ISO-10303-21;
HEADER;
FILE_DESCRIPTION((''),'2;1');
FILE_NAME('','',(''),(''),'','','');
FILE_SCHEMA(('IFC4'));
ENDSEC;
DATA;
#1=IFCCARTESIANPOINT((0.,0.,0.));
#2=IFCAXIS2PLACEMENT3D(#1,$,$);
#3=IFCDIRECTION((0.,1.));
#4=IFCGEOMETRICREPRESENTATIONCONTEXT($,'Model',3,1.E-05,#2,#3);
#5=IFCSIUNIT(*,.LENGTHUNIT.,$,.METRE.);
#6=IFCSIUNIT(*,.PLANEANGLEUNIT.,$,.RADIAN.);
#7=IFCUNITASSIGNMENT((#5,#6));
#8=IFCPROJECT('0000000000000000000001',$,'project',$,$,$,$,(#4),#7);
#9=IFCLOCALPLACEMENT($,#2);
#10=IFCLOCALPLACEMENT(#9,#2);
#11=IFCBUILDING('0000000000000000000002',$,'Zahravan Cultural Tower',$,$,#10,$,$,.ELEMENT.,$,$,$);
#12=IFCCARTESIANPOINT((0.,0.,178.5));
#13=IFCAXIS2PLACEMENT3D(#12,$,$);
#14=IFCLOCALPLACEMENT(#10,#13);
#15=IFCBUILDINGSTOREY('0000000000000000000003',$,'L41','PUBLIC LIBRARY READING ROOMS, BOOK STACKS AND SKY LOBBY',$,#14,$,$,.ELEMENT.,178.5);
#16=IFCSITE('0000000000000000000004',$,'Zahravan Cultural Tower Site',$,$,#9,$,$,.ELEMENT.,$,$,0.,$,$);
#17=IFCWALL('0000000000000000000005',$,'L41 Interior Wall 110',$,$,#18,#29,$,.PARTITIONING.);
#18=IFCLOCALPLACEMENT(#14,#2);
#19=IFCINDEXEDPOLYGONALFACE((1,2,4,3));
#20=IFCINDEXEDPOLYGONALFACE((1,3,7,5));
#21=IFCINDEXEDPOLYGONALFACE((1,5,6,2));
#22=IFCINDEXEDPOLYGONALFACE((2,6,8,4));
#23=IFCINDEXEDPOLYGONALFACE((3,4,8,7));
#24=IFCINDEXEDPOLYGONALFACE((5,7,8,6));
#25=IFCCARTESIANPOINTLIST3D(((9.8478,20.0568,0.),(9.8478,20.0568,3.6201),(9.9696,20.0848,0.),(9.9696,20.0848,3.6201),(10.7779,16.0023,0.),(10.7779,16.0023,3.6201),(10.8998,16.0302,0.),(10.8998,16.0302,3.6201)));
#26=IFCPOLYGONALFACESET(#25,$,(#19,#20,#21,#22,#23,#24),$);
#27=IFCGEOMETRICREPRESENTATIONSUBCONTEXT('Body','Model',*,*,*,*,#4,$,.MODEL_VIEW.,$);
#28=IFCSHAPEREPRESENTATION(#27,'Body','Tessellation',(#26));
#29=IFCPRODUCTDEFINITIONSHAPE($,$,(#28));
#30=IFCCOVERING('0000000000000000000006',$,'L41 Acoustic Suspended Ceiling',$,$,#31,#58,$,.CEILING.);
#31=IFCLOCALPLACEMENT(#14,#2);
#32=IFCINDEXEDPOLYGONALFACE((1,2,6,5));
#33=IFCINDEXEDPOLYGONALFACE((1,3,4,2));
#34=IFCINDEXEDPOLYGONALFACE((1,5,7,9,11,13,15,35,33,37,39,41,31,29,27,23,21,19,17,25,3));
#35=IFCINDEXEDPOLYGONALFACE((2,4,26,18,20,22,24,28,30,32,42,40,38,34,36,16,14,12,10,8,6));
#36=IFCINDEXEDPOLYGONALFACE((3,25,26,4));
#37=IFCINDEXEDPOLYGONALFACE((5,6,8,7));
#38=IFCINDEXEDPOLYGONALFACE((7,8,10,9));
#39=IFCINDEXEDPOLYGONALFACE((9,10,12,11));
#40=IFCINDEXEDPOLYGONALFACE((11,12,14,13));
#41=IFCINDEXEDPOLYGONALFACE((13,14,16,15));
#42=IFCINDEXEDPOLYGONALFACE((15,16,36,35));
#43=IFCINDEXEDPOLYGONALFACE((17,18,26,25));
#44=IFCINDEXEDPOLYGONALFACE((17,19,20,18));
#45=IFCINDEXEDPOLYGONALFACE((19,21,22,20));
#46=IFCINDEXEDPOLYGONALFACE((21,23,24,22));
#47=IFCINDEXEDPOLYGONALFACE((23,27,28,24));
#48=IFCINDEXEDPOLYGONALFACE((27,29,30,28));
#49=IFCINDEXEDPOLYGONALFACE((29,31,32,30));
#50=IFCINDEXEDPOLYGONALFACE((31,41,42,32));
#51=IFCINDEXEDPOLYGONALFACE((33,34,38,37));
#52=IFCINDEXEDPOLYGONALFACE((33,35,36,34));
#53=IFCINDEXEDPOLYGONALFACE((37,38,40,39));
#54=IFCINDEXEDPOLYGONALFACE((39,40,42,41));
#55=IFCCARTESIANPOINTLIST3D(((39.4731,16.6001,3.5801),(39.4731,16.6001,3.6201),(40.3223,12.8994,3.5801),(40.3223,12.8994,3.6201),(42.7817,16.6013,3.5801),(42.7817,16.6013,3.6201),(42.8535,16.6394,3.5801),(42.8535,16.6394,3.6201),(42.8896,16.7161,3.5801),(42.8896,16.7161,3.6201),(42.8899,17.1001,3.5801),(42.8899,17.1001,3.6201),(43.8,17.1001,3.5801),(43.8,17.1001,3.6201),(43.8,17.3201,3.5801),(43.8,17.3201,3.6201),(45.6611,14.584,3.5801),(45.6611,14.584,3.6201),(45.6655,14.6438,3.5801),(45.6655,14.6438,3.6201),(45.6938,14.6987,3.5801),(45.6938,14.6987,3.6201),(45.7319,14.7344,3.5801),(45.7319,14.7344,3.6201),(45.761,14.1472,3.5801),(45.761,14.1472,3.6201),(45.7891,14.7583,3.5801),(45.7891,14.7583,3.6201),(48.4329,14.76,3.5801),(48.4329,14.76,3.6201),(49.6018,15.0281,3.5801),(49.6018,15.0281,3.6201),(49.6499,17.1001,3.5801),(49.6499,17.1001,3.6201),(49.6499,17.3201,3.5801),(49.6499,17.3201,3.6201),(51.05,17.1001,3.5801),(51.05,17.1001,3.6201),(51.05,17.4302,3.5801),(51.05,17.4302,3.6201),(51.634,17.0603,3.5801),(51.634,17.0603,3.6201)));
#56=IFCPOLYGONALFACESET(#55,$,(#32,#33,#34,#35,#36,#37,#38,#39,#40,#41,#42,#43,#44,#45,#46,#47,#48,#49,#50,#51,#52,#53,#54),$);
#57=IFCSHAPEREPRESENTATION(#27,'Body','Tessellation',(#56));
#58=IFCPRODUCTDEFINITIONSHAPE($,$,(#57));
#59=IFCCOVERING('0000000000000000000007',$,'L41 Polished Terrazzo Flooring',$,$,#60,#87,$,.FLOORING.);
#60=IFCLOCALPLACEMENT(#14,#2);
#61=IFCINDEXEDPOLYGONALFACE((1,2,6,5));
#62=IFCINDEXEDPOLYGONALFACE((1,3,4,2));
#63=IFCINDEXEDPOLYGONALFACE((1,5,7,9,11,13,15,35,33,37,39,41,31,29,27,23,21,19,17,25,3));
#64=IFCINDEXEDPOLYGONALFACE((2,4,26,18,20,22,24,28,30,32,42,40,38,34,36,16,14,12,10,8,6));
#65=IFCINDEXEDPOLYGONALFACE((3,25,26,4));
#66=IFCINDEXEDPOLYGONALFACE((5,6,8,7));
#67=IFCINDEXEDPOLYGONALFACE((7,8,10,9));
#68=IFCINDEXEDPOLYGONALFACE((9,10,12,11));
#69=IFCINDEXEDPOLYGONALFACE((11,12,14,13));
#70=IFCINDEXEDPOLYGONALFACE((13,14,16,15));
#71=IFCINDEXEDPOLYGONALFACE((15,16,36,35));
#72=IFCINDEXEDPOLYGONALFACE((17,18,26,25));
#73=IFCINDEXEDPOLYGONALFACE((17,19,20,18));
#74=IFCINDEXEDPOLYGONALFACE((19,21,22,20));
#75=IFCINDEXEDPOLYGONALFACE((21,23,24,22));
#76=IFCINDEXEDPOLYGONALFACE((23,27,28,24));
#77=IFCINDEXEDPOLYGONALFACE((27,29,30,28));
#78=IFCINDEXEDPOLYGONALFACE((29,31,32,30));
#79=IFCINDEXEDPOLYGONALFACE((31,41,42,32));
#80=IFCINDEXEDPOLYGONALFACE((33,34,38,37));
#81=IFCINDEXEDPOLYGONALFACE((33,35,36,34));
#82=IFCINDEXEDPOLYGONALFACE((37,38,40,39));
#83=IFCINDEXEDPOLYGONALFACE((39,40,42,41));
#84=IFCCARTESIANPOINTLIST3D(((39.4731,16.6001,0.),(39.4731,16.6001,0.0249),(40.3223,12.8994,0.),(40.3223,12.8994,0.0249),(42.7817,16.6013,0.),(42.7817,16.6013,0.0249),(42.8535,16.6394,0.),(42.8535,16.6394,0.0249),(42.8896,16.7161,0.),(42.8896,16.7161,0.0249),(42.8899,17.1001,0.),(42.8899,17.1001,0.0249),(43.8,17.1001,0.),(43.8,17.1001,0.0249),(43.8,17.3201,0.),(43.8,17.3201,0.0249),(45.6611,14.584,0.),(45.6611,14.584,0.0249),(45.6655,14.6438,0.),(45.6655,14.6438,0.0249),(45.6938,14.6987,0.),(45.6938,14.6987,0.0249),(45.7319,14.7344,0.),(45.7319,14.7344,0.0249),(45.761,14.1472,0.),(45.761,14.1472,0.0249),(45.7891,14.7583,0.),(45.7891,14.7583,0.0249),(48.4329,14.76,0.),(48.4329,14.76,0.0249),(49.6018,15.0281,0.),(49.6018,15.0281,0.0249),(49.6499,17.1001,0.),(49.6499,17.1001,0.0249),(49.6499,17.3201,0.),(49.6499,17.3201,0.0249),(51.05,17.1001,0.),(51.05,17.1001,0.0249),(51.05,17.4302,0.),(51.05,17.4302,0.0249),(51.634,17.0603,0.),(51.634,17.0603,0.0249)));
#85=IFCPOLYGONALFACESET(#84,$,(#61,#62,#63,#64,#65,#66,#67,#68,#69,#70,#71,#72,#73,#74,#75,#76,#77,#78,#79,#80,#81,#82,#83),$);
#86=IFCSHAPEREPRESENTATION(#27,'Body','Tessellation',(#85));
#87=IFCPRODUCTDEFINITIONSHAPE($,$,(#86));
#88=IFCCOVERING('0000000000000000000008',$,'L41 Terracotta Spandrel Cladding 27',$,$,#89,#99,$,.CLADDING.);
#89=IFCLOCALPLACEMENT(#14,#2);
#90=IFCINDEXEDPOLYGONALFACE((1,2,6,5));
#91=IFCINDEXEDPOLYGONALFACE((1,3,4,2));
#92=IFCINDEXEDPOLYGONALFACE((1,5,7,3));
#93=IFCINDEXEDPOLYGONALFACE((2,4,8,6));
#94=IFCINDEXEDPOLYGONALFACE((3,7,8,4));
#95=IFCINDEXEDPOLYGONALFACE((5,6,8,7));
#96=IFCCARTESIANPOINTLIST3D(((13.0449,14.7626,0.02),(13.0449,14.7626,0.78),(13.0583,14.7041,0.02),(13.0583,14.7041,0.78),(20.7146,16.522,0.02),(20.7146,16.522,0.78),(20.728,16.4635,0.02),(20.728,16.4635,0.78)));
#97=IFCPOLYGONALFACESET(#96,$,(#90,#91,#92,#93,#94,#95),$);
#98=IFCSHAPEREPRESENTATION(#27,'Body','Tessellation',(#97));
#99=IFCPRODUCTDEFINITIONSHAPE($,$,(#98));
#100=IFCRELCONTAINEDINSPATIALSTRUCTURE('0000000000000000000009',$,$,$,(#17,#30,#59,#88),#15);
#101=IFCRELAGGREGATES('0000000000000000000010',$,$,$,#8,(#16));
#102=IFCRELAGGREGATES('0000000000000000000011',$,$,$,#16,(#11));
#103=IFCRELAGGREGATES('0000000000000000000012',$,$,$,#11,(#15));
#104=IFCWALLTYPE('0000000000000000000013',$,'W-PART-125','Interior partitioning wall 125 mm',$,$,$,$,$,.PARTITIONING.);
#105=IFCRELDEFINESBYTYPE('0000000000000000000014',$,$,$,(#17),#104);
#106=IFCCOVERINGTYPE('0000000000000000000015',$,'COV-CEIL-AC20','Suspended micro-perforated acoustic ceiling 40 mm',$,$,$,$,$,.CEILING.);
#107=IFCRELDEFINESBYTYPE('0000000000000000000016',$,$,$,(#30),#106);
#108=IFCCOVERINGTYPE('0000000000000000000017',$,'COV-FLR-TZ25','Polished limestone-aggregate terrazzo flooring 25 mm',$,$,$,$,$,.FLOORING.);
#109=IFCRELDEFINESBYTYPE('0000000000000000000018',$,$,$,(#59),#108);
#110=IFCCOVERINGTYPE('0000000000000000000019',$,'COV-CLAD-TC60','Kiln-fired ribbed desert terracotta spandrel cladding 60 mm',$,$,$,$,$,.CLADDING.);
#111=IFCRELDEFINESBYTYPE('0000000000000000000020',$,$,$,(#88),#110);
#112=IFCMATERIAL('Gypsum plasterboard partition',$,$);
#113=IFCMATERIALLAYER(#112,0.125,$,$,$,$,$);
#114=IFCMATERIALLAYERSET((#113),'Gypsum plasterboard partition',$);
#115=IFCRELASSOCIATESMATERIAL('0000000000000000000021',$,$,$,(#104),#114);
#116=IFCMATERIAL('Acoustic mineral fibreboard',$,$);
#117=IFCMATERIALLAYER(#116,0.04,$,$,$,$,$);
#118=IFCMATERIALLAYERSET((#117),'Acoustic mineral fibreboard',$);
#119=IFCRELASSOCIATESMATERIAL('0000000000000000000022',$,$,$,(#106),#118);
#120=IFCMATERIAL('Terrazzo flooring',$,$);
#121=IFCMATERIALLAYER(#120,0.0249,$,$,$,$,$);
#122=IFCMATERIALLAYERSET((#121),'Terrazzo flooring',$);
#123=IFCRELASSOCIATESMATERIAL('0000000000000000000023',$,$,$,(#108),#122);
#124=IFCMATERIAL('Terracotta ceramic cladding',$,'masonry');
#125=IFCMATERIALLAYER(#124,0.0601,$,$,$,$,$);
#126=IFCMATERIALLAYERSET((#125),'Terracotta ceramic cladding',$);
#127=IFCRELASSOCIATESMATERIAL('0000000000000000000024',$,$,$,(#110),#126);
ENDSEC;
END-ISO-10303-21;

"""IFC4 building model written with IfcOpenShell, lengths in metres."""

from ifc_helpers import new_model, si_unit, direction, frame, frame_2d, origin, origin_2d, place, context, subcontext, project, spatial, polyline, rectangle, outline, extrude, source, transform, mapped, material, layer, layer_set, type_object, element, save


model = new_model("IFC4")

# Units and contexts
model_context = context("Model", 3, precision=1e-05, world=origin(), true_north=direction((0.0, 1.0)))
body_context = subcontext(model_context, "Body", "Model", "MODEL_VIEW")
ifc_project = project(units=[si_unit("LENGTHUNIT", "METRE"), si_unit("PLANEANGLEUNIT", "RADIAN")], contexts=[model_context])

# Site, building, storey
site_placement = place(None, origin())
site = spatial("IfcSite", under=ifc_project, at=site_placement, Name="Zahravan Cultural Tower Site", CompositionType="ELEMENT", RefElevation=0.0)
building_placement = place(site_placement, origin())
building = spatial("IfcBuilding", under=site, at=building_placement, Name="Zahravan Cultural Tower", CompositionType="ELEMENT")
storey_placement = place(building_placement, frame((0.0, 0.0, 178.5)))
storey = spatial("IfcBuildingStorey", under=building, at=storey_placement, Name="L41", Description="PUBLIC LIBRARY READING ROOMS, BOOK STACKS AND SKY LOBBY", CompositionType="ELEMENT", Elevation=178.5)

# Wall
ifc_material_1 = material(Name="Gypsum plasterboard partition")
ifc_layer_1 = layer(ifc_material_1, 0.125)
ifc_layer_set_1 = layer_set([ifc_layer_1], Name="Gypsum plasterboard partition")
wall_type_1 = type_object("IfcWallType", Name="W-PART-125", Description="Interior partitioning wall 125 mm", PredefinedType="PARTITIONING", material=ifc_layer_set_1)
shared_shape_1 = source(origin(), body_context, "Body", "SweptSolid", [
    extrude(rectangle(XDim=4.1599, YDim=0.125, at=frame_2d((2.0801, 0.0))), origin(), (0.0, 0.0, 1.0), 3.6201),
])
wall_1_placement = place(storey_placement, frame((10.8389, 16.0161, 0.0), z_axis=(0.0, 0.0, 1.0), x_axis=(-0.223599, 0.974681, 0.0)))
element("IfcWall", 1, at=wall_1_placement, inside=storey, type_object=wall_type_1, Name="L41 Interior Wall 110", PredefinedType="PARTITIONING", context=body_context, shape_type="MappedRepresentation", body=[
    mapped(shared_shape_1, transform((0.0, 0.0, 0.0), x_axis=(1.0, 0.0, 0.0), y_axis=(0.0, 1.0, 0.0), z_axis=(0.0, 0.0, 1.0), scale=1.0)),
])

# Coverings
ifc_material_2 = material(Name="Acoustic mineral fibreboard")
ifc_layer_2 = layer(ifc_material_2, 0.04)
ifc_layer_set_2 = layer_set([ifc_layer_2], Name="Acoustic mineral fibreboard")
covering_type_1 = type_object("IfcCoveringType", Name="COV-CEIL-AC20", Description="Suspended micro-perforated acoustic ceiling 40 mm", PredefinedType="CEILING", material=ifc_layer_set_2)
covering_1_placement = place(storey_placement, frame((0.0, 0.0, 3.5801)))
element("IfcCovering", 2, at=covering_1_placement, inside=storey, type_object=covering_type_1, Name="L41 Acoustic Suspended Ceiling", PredefinedType="CEILING", context=body_context, shape_type="SweptSolid", body=[
    extrude(outline(polyline([(45.761, 14.1472), (45.6611, 14.584), (45.6655, 14.6438), (45.6938, 14.6987), (45.7319, 14.7344), (45.7891, 14.7583), (48.4329, 14.76), (49.6018, 15.0281), (51.634, 17.0603), (51.05, 17.4302), (51.05, 17.1001), (49.6499, 17.1001), (49.6499, 17.3201), (43.8, 17.3201), (43.8, 17.1001), (42.8899, 17.1001), (42.8896, 16.7161), (42.8535, 16.6394), (42.7817, 16.6013), (39.4731, 16.6001), (40.3223, 12.8994), (45.761, 14.1472)])), origin(), (0.0, 0.0, 1.0), 0.04),
])
ifc_material_3 = material(Name="Terrazzo flooring")
ifc_layer_3 = layer(ifc_material_3, 0.0249)
ifc_layer_set_3 = layer_set([ifc_layer_3], Name="Terrazzo flooring")
covering_type_2 = type_object("IfcCoveringType", Name="COV-FLR-TZ25", Description="Polished limestone-aggregate terrazzo flooring 25 mm", PredefinedType="FLOORING", material=ifc_layer_set_3)
covering_2_placement = place(storey_placement, origin())
element("IfcCovering", 3, at=covering_2_placement, inside=storey, type_object=covering_type_2, Name="L41 Polished Terrazzo Flooring", PredefinedType="FLOORING", context=body_context, shape_type="SweptSolid", body=[
    extrude(outline(polyline([(45.761, 14.1472), (45.6611, 14.584), (45.6655, 14.6438), (45.6938, 14.6987), (45.7319, 14.7344), (45.7891, 14.7583), (48.4329, 14.76), (49.6018, 15.0281), (51.634, 17.0603), (51.05, 17.4302), (51.05, 17.1001), (49.6499, 17.1001), (49.6499, 17.3201), (43.8, 17.3201), (43.8, 17.1001), (42.8899, 17.1001), (42.8896, 16.7161), (42.8535, 16.6394), (42.7817, 16.6013), (39.4731, 16.6001), (40.3223, 12.8994), (45.761, 14.1472)])), origin(), (0.0, 0.0, 1.0), 0.0249),
])
ifc_material_4 = material(Name="Terracotta ceramic cladding", Category="masonry")
ifc_layer_4 = layer(ifc_material_4, 0.0601)
ifc_layer_set_4 = layer_set([ifc_layer_4], Name="Terracotta ceramic cladding")
covering_type_3 = type_object("IfcCoveringType", Name="COV-CLAD-TC60", Description="Kiln-fired ribbed desert terracotta spandrel cladding 60 mm", PredefinedType="CLADDING", material=ifc_layer_set_4)
shared_shape_2 = source(origin(), body_context, "Body", "SweptSolid", [
    extrude(rectangle(XDim=7.8689, YDim=0.0601, at=origin_2d()), origin(), (0.0, 0.0, 1.0), 0.76),
])
covering_3_placement = place(storey_placement, frame((16.8865, 15.613, 0.02), z_axis=(0.0, 0.0, 1.0), x_axis=(-0.974683, -0.22359, 0.0)))
element("IfcCovering", 4, at=covering_3_placement, inside=storey, type_object=covering_type_3, Name="L41 Terracotta Spandrel Cladding 27", PredefinedType="CLADDING", context=body_context, shape_type="MappedRepresentation", body=[
    mapped(shared_shape_2, transform((0.0, 0.0, 0.0), x_axis=(1.0, 0.0, 0.0), y_axis=(0.0, 1.0, 0.0), z_axis=(0.0, 0.0, 1.0), scale=1.0)),
])

save(model, "model.ifc")
